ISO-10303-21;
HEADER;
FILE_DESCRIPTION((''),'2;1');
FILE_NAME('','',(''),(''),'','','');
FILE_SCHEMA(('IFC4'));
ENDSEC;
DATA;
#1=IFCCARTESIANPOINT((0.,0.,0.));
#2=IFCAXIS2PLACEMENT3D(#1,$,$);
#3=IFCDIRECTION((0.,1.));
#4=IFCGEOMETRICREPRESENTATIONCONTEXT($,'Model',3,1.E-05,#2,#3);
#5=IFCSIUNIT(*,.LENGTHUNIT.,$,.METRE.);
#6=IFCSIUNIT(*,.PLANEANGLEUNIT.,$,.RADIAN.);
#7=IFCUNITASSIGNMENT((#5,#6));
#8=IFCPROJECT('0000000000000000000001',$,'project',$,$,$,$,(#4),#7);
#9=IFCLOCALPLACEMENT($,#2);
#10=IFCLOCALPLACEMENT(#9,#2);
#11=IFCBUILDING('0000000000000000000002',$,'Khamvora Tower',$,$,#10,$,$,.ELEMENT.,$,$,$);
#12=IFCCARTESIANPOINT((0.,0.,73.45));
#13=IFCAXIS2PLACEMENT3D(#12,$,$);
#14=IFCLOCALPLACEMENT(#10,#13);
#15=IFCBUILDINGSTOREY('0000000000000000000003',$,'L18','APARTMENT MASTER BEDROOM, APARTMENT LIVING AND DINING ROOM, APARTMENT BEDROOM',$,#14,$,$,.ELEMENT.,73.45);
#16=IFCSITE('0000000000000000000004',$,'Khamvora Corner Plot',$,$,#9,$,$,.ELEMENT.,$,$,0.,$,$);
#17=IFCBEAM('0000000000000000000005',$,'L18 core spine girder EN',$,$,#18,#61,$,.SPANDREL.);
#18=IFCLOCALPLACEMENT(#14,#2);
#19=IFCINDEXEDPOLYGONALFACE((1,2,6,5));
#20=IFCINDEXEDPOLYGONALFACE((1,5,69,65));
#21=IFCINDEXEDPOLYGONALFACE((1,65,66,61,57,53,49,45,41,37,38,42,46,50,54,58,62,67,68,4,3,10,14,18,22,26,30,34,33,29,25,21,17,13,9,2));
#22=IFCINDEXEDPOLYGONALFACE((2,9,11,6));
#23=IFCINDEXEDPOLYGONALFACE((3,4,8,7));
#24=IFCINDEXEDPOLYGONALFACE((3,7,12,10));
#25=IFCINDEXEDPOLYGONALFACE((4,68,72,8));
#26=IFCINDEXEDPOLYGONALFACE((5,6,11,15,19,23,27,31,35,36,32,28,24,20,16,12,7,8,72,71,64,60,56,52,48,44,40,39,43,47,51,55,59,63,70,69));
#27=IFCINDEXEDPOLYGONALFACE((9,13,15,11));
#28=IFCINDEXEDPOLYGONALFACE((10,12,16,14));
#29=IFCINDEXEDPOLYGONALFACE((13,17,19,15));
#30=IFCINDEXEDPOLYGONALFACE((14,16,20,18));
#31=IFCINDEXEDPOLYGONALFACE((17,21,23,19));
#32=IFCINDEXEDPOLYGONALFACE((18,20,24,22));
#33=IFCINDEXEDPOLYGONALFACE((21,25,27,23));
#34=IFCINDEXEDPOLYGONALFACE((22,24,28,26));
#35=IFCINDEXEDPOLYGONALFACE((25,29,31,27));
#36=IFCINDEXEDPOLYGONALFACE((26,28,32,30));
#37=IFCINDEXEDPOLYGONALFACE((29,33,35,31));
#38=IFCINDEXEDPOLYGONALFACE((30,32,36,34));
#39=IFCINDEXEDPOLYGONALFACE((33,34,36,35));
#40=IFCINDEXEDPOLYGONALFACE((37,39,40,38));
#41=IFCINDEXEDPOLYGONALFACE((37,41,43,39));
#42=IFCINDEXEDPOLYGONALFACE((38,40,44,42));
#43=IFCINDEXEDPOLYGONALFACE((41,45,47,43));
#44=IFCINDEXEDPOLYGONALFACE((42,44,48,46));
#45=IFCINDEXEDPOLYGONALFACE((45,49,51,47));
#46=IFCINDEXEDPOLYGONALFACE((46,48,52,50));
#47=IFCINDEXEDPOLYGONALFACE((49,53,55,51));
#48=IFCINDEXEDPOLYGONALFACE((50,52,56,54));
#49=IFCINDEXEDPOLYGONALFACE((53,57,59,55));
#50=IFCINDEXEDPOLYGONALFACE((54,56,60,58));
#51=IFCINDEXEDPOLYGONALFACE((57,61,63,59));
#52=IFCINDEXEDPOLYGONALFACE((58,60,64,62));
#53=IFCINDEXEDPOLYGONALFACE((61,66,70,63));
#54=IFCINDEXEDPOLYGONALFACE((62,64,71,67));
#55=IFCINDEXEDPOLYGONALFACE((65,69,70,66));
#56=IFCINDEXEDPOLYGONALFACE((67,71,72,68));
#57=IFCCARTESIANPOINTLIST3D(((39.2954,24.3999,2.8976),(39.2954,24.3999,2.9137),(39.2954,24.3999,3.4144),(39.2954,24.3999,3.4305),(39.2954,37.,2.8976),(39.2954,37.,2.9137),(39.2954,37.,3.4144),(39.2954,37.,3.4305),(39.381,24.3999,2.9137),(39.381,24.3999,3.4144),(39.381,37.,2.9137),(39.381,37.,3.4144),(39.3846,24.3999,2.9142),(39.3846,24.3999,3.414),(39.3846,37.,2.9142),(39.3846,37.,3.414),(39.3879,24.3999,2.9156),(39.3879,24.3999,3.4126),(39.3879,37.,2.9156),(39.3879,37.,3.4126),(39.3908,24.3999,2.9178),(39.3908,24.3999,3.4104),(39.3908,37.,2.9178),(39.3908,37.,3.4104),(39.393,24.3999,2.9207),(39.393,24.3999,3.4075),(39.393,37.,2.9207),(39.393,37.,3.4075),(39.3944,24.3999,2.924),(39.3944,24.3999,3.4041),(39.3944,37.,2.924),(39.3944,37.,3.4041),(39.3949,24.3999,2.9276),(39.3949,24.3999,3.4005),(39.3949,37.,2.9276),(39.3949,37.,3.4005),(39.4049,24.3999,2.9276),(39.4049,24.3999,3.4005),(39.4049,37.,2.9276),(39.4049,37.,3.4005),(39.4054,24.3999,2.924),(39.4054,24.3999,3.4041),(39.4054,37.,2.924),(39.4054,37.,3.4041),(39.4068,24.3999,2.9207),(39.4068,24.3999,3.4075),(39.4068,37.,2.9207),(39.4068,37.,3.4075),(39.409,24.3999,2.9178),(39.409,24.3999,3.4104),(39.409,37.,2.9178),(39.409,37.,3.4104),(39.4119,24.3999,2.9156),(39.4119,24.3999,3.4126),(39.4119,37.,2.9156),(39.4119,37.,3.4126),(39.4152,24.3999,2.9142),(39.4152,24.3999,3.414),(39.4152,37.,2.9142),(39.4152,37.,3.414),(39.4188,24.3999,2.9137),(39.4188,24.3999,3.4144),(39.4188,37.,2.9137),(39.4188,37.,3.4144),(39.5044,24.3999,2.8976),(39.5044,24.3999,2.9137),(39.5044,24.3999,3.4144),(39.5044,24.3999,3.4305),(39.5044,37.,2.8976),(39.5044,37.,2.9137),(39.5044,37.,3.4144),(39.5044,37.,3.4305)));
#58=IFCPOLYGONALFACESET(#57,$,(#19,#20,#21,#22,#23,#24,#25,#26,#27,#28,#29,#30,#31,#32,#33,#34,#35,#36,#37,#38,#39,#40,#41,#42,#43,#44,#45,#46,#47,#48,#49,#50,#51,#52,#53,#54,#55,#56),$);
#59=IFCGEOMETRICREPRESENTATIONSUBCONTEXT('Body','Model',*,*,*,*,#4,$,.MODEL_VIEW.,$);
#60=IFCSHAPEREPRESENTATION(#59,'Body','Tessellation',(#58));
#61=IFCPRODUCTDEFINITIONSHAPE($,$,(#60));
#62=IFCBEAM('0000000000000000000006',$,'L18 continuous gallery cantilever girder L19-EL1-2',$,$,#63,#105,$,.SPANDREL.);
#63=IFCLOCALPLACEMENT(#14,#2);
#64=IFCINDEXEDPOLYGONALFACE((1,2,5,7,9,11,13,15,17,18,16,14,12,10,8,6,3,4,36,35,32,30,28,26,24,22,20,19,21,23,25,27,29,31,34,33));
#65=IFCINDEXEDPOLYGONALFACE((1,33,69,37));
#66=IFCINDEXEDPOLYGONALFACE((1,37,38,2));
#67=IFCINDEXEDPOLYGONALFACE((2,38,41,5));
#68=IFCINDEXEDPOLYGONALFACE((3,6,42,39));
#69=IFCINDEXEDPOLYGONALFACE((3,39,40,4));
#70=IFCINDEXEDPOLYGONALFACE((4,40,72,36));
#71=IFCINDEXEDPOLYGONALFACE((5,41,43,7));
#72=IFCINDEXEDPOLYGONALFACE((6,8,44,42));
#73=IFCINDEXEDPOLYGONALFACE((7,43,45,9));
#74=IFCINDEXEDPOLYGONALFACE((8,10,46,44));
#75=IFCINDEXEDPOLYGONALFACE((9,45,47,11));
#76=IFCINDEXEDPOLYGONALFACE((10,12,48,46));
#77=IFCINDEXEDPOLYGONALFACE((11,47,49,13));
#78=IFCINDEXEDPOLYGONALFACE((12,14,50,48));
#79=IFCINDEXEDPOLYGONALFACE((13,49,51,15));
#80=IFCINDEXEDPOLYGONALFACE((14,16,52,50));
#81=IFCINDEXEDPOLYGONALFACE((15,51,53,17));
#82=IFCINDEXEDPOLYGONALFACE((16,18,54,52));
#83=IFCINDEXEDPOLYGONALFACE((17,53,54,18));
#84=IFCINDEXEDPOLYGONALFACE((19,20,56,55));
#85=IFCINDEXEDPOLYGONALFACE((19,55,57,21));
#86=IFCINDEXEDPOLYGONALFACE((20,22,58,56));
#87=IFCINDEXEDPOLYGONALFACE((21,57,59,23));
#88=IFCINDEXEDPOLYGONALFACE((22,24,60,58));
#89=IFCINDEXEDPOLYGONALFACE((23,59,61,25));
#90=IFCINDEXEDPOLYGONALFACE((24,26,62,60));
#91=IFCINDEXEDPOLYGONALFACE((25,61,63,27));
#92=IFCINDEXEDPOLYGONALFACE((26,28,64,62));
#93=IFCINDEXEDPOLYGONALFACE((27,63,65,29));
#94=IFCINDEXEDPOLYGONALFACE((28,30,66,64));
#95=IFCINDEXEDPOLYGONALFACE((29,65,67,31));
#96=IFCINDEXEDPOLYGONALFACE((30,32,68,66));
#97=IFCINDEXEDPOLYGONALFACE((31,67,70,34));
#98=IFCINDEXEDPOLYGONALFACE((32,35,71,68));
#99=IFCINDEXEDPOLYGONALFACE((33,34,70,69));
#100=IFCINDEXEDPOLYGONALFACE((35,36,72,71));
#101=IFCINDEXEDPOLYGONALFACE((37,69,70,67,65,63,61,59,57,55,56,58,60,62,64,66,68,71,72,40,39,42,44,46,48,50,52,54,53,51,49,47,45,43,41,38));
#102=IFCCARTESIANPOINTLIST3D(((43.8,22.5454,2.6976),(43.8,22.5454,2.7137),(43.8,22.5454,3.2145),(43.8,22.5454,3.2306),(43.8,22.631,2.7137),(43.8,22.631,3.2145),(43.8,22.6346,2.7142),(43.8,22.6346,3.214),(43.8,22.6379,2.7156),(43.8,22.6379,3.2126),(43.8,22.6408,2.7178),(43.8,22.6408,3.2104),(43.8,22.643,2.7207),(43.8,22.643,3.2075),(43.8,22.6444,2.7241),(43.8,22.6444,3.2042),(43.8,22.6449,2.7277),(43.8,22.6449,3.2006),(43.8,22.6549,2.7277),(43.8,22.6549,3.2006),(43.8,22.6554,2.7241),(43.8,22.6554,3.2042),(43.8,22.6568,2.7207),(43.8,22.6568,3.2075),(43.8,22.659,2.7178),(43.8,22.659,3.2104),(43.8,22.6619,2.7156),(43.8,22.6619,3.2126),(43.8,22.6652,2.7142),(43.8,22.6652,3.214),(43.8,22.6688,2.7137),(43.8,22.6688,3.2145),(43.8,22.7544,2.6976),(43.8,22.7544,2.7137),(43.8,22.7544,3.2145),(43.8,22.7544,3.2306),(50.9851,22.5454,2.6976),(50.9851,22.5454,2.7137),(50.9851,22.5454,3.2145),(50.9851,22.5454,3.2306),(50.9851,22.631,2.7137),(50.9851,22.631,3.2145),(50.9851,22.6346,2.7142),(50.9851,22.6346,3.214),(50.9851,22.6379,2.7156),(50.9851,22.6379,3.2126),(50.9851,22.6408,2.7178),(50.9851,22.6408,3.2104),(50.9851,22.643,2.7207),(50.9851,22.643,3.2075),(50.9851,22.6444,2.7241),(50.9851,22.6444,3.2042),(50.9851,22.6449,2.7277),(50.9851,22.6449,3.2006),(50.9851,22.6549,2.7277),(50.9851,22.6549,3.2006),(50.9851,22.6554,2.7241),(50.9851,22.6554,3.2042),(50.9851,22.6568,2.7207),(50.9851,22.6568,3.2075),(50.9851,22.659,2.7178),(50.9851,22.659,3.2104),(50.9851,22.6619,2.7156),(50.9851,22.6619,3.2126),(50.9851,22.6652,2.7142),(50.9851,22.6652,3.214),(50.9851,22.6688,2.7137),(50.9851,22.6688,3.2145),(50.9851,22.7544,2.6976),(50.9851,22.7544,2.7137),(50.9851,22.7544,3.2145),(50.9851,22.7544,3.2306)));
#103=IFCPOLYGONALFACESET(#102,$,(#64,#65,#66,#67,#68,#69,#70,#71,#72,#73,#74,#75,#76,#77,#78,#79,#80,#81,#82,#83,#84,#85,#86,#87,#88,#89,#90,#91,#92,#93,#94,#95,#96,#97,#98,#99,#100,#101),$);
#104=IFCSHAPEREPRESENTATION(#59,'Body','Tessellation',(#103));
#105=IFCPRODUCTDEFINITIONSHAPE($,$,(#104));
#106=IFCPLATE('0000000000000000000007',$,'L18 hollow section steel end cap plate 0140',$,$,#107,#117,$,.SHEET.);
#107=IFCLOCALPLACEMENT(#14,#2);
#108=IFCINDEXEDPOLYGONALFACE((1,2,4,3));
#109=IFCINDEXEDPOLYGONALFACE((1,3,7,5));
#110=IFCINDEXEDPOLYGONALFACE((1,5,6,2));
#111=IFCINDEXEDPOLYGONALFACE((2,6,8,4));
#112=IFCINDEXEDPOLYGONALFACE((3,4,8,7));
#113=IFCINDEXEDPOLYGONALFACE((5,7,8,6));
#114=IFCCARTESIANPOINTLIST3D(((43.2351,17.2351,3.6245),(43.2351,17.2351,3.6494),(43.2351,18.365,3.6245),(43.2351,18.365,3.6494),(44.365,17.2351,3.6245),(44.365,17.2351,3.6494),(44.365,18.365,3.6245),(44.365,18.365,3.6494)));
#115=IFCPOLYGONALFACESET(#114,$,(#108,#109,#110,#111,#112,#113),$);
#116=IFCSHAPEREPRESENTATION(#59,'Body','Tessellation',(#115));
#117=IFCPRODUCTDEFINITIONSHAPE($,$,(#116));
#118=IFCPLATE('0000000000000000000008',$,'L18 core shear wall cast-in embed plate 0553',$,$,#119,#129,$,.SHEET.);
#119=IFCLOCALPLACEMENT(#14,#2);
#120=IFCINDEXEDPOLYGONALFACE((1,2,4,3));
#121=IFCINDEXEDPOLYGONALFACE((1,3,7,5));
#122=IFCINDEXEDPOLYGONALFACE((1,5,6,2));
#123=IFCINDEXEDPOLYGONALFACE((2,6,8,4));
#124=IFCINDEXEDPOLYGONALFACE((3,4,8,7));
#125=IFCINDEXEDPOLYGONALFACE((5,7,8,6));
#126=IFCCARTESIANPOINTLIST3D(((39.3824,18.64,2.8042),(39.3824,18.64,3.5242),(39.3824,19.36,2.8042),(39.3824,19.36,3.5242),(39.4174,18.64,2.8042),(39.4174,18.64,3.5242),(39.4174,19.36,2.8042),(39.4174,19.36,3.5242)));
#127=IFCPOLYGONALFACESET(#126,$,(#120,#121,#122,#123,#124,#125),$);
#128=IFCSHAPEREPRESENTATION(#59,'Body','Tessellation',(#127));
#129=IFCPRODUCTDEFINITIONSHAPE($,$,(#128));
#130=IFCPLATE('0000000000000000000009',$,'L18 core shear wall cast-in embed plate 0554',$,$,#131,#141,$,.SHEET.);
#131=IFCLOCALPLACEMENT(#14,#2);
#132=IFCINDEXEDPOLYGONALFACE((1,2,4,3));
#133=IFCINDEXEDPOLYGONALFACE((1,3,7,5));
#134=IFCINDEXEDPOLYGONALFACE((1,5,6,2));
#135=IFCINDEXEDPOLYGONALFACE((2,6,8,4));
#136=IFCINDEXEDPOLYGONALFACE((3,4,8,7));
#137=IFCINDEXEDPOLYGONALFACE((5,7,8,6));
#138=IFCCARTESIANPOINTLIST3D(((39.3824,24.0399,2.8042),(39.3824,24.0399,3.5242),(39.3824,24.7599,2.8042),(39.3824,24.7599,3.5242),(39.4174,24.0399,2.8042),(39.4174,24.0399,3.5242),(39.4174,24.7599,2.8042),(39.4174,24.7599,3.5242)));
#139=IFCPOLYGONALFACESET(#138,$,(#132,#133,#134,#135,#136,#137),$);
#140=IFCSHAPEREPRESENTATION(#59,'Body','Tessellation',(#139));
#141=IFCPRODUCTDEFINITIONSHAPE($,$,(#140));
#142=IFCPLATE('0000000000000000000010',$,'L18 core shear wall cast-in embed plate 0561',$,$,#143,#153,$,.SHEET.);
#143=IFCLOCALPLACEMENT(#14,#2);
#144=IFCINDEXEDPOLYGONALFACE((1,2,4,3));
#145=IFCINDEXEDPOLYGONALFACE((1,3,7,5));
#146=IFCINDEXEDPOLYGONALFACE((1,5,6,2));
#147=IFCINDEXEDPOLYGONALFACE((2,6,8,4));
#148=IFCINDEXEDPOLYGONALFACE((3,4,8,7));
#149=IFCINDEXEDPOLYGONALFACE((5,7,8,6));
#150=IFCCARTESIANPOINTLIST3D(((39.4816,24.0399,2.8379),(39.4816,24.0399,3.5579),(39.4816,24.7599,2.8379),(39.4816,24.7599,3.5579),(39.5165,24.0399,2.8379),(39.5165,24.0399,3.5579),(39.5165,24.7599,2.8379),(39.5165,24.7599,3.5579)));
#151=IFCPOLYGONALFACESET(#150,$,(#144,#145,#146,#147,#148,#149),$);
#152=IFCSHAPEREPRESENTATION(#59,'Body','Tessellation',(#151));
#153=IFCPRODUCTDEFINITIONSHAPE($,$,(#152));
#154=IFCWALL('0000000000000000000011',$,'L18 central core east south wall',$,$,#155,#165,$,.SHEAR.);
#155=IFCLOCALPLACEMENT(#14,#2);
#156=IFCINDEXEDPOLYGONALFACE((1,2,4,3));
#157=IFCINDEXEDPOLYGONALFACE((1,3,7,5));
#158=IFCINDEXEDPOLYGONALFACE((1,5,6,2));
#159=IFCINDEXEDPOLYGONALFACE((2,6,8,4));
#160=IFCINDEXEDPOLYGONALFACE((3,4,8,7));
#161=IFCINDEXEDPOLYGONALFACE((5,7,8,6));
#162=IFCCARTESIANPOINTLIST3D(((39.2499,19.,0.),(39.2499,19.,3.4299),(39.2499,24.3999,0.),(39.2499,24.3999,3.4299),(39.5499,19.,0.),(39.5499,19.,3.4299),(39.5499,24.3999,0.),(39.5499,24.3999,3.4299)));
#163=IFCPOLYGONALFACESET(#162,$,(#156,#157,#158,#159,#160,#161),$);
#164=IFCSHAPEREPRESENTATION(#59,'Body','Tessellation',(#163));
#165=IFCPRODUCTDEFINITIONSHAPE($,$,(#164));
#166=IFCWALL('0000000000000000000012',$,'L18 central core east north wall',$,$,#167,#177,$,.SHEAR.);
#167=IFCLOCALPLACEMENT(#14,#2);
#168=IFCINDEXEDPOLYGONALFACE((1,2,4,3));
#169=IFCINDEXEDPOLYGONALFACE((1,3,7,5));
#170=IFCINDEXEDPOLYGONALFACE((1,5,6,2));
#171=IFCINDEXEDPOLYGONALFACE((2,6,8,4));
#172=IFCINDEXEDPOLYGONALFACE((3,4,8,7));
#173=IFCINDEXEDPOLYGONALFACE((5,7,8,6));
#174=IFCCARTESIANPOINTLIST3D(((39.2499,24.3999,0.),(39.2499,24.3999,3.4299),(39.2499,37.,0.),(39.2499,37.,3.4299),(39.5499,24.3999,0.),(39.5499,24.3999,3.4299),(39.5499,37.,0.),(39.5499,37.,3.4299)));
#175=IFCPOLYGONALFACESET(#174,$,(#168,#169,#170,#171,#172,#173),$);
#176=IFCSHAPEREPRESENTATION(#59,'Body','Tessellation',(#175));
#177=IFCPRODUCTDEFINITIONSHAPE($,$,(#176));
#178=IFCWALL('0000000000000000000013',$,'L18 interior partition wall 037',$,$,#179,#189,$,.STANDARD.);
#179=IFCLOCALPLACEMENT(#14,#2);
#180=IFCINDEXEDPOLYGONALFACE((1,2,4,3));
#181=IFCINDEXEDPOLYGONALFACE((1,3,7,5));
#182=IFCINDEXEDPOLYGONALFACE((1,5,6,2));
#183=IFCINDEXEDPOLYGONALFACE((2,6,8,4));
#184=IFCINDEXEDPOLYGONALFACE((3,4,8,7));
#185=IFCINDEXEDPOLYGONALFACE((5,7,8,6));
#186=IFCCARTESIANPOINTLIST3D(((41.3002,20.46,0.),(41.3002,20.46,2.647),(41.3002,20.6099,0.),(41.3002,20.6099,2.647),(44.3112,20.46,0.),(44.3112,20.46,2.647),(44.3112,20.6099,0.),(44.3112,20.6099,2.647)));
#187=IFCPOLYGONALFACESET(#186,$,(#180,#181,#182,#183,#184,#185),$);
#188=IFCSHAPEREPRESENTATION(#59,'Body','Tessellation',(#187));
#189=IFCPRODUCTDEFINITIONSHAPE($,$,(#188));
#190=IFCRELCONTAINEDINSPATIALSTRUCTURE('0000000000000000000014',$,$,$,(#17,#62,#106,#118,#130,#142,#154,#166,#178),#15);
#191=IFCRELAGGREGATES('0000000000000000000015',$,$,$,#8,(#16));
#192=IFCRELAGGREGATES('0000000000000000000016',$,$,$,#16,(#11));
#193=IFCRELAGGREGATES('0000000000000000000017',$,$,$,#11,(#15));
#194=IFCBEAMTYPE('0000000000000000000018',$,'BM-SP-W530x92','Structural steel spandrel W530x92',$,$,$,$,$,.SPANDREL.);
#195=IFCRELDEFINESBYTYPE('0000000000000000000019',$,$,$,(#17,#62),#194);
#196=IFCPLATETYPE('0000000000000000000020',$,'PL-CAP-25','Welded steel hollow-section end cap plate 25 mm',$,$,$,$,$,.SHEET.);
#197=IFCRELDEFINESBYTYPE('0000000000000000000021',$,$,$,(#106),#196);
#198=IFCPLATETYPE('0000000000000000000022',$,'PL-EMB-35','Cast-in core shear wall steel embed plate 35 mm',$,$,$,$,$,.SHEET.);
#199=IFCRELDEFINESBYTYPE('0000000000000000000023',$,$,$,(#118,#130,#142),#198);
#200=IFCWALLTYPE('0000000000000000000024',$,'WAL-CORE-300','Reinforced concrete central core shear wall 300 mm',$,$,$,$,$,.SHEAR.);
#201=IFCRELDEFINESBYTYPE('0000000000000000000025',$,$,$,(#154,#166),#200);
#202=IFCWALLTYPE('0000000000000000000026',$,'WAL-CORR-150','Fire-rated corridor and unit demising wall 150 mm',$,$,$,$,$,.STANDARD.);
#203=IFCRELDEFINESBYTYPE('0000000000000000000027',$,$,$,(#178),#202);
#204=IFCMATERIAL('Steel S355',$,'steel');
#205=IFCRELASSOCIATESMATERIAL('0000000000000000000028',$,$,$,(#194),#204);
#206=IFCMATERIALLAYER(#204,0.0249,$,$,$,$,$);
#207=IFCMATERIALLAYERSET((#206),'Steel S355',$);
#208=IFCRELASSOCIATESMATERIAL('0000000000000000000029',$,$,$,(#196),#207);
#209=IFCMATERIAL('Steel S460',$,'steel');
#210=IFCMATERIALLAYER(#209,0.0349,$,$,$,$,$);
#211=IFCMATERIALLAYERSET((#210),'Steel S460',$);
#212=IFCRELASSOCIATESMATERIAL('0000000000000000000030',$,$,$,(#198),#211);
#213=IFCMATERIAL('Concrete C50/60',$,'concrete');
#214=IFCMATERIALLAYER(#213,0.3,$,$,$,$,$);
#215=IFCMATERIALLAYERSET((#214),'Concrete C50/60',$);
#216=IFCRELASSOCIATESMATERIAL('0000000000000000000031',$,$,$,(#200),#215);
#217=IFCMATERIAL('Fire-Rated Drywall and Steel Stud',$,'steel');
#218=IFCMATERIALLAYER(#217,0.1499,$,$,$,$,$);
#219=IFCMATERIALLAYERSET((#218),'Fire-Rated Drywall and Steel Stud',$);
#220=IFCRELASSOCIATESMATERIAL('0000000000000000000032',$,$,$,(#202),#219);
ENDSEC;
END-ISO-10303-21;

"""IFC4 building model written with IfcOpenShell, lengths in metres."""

from ifc_helpers import new_model, si_unit, direction, frame, frame_2d, origin, origin_2d, place, context, subcontext, project, spatial, rectangle, i_section, extrude, material, layer, layer_set, material_profile, profile_set, type_object, element, save


model = new_model("IFC4")

# Units and contexts
model_context = context("Model", 3, precision=1e-05, world=origin(), true_north=direction((0.0, 1.0)))
body_context = subcontext(model_context, "Body", "Model", "MODEL_VIEW")
ifc_project = project(units=[si_unit("LENGTHUNIT", "METRE"), si_unit("PLANEANGLEUNIT", "RADIAN")], contexts=[model_context])

# Site, building, storey
site_placement = place(None, origin())
site = spatial("IfcSite", under=ifc_project, at=site_placement, Name="Khamvora Corner Plot", CompositionType="ELEMENT", RefElevation=0.0)
building_placement = place(site_placement, origin())
building = spatial("IfcBuilding", under=site, at=building_placement, Name="Khamvora Tower", CompositionType="ELEMENT")
storey_placement = place(building_placement, frame((0.0, 0.0, 73.45)))
storey = spatial("IfcBuildingStorey", under=building, at=storey_placement, Name="L18", Description="APARTMENT MASTER BEDROOM, APARTMENT LIVING AND DINING ROOM, APARTMENT BEDROOM", CompositionType="ELEMENT", Elevation=73.45)

# Shared definitions
ifc_material_1 = material(Name="Steel S460", Category="steel")

# Beams
ifc_material_2 = material(Name="Steel S355", Category="steel")
ifc_material_profile_1 = material_profile(ifc_material_2, i_section(OverallWidth=0.209, OverallDepth=0.533, WebThickness=0.01, FlangeThickness=0.0161, FilletRadius=0.0139, at=origin_2d()), Name="W530x92")
ifc_profile_set_1 = profile_set([ifc_material_profile_1], Name="Steel S355")
beam_type_1 = type_object("IfcBeamType", Name="BM-SP-W530x92", Description="Structural steel spandrel W530x92", PredefinedType="SPANDREL", material=ifc_profile_set_1)
beam_1_placement = place(storey_placement, frame((39.3999, 24.3999, 3.1641), z_axis=(0.0, 1.0, 0.0), x_axis=(-1.0, 0.0, 0.0)))
element("IfcBeam", 1, at=beam_1_placement, inside=storey, type_object=beam_type_1, Name="L18 core spine girder EN", PredefinedType="SPANDREL", context=body_context, shape_type="SweptSolid", body=[
    extrude(i_section(OverallWidth=0.209, OverallDepth=0.533, WebThickness=0.01, FlangeThickness=0.0161, FilletRadius=0.0139, at=origin_2d()), origin(), (0.0, 0.0, 1.0), 12.6001),
])
beam_2_placement = place(storey_placement, frame((43.8, 22.6499, 2.9641), z_axis=(1.0, 0.0, 0.0), x_axis=(0.0, 1.0, 0.0)))
element("IfcBeam", 2, at=beam_2_placement, inside=storey, type_object=beam_type_1, Name="L18 continuous gallery cantilever girder L19-EL1-2", PredefinedType="SPANDREL", context=body_context, shape_type="SweptSolid", body=[
    extrude(i_section(OverallWidth=0.209, OverallDepth=0.533, WebThickness=0.01, FlangeThickness=0.0161, FilletRadius=0.0139, at=origin_2d()), origin(), (0.0, 0.0, 1.0), 7.1851),
])

# Plates
ifc_layer_1 = layer(ifc_material_2, 0.0249)
ifc_layer_set_1 = layer_set([ifc_layer_1], Name="Steel S355")
plate_type_1 = type_object("IfcPlateType", Name="PL-CAP-25", Description="Welded steel hollow-section end cap plate 25 mm", PredefinedType="SHEET", material=ifc_layer_set_1)
plate_placement = place(storey_placement, frame((43.8, 17.8, 3.6245), z_axis=(0.0, 0.0, 1.0), x_axis=(1.0, 0.0, 0.0)))
element("IfcPlate", 3, at=plate_placement, inside=storey, type_object=plate_type_1, Name="L18 hollow section steel end cap plate 0140", PredefinedType="SHEET", context=body_context, shape_type="SweptSolid", body=[
    extrude(rectangle(XDim=1.1299, YDim=1.1299, at=origin_2d()), origin(), (0.0, 0.0, 1.0), 0.0249),
])
ifc_layer_2 = layer(ifc_material_1, 0.0349)
ifc_layer_set_2 = layer_set([ifc_layer_2], Name="Steel S460")
plate_type_2 = type_object("IfcPlateType", Name="PL-EMB-35", Description="Cast-in core shear wall steel embed plate 35 mm", PredefinedType="SHEET", material=ifc_layer_set_2)
for number, where, z_axis, x_axis, name in (
    (4, (39.3999, 19.0, 2.8042), (0.0, 0.0, 1.0), (1.0, 0.0, 0.0), "L18 core shear wall cast-in embed plate 0553"),
    (5, (39.3999, 24.3999, 2.8042), (0.0, 0.0, 1.0), (1.0, 0.0, 0.0), "L18 core shear wall cast-in embed plate 0554"),
    (6, (39.499, 24.3999, 2.8379), (0.0, 0.0, 1.0), (1.0, 0.0, 0.0), "L18 core shear wall cast-in embed plate 0561"),
):
    element("IfcPlate", number, at=place(storey_placement, frame(where, z_axis=z_axis, x_axis=x_axis)), inside=storey, type_object=plate_type_2, Name=name, PredefinedType="SHEET", context=body_context, shape_type="SweptSolid", body=[
        extrude(rectangle(XDim=0.0349, YDim=0.72, at=origin_2d()), origin(), (0.0, 0.0, 1.0), 0.72),
    ])

# Walls
ifc_material_3 = material(Name="Concrete C50/60", Category="concrete")
ifc_layer_3 = layer(ifc_material_3, 0.3)
ifc_layer_set_3 = layer_set([ifc_layer_3], Name="Concrete C50/60")
wall_type_1 = type_object("IfcWallType", Name="WAL-CORE-300", Description="Reinforced concrete central core shear wall 300 mm", PredefinedType="SHEAR", material=ifc_layer_set_3)
wall_1_placement = place(storey_placement, frame((39.3999, 19.0, 0.0), z_axis=(0.0, 0.0, 1.0), x_axis=(0.0, 1.0, 0.0)))
element("IfcWall", 7, at=wall_1_placement, inside=storey, type_object=wall_type_1, Name="L18 central core east south wall", PredefinedType="SHEAR", context=body_context, shape_type="SweptSolid", body=[
    extrude(rectangle(XDim=5.3999, YDim=0.3, at=frame_2d((2.7, 0.0))), origin(), (0.0, 0.0, 1.0), 3.4299),
])
wall_2_placement = place(storey_placement, frame((39.3999, 24.3999, 0.0), z_axis=(0.0, 0.0, 1.0), x_axis=(0.0, 1.0, 0.0)))
element("IfcWall", 8, at=wall_2_placement, inside=storey, type_object=wall_type_1, Name="L18 central core east north wall", PredefinedType="SHEAR", context=body_context, shape_type="SweptSolid", body=[
    extrude(rectangle(XDim=12.6001, YDim=0.3, at=frame_2d((6.3, 0.0))), origin(), (0.0, 0.0, 1.0), 3.4299),
])

# Shared definitions
ifc_material_4 = material(Name="Fire-Rated Drywall and Steel Stud", Category="steel")
ifc_layer_4 = layer(ifc_material_4, 0.1499)
ifc_layer_set_4 = layer_set([ifc_layer_4], Name="Fire-Rated Drywall and Steel Stud")
wall_type_2 = type_object("IfcWallType", Name="WAL-CORR-150", Description="Fire-rated corridor and unit demising wall 150 mm", PredefinedType="STANDARD", material=ifc_layer_set_4)

# Wall
wall_3_placement = place(storey_placement, frame((44.311, 20.5349, 0.0), z_axis=(0.0, 0.0, 1.0), x_axis=(-1.0, 0.0, 0.0)))
element("IfcWall", 9, at=wall_3_placement, inside=storey, type_object=wall_type_2, Name="L18 interior partition wall 037", PredefinedType="STANDARD", context=body_context, shape_type="SweptSolid", body=[
    extrude(rectangle(XDim=3.011, YDim=0.1499, at=frame_2d((1.5054, 0.0))), origin(), (0.0, 0.0, 1.0), 2.647),
])

save(model, "model.ifc")
